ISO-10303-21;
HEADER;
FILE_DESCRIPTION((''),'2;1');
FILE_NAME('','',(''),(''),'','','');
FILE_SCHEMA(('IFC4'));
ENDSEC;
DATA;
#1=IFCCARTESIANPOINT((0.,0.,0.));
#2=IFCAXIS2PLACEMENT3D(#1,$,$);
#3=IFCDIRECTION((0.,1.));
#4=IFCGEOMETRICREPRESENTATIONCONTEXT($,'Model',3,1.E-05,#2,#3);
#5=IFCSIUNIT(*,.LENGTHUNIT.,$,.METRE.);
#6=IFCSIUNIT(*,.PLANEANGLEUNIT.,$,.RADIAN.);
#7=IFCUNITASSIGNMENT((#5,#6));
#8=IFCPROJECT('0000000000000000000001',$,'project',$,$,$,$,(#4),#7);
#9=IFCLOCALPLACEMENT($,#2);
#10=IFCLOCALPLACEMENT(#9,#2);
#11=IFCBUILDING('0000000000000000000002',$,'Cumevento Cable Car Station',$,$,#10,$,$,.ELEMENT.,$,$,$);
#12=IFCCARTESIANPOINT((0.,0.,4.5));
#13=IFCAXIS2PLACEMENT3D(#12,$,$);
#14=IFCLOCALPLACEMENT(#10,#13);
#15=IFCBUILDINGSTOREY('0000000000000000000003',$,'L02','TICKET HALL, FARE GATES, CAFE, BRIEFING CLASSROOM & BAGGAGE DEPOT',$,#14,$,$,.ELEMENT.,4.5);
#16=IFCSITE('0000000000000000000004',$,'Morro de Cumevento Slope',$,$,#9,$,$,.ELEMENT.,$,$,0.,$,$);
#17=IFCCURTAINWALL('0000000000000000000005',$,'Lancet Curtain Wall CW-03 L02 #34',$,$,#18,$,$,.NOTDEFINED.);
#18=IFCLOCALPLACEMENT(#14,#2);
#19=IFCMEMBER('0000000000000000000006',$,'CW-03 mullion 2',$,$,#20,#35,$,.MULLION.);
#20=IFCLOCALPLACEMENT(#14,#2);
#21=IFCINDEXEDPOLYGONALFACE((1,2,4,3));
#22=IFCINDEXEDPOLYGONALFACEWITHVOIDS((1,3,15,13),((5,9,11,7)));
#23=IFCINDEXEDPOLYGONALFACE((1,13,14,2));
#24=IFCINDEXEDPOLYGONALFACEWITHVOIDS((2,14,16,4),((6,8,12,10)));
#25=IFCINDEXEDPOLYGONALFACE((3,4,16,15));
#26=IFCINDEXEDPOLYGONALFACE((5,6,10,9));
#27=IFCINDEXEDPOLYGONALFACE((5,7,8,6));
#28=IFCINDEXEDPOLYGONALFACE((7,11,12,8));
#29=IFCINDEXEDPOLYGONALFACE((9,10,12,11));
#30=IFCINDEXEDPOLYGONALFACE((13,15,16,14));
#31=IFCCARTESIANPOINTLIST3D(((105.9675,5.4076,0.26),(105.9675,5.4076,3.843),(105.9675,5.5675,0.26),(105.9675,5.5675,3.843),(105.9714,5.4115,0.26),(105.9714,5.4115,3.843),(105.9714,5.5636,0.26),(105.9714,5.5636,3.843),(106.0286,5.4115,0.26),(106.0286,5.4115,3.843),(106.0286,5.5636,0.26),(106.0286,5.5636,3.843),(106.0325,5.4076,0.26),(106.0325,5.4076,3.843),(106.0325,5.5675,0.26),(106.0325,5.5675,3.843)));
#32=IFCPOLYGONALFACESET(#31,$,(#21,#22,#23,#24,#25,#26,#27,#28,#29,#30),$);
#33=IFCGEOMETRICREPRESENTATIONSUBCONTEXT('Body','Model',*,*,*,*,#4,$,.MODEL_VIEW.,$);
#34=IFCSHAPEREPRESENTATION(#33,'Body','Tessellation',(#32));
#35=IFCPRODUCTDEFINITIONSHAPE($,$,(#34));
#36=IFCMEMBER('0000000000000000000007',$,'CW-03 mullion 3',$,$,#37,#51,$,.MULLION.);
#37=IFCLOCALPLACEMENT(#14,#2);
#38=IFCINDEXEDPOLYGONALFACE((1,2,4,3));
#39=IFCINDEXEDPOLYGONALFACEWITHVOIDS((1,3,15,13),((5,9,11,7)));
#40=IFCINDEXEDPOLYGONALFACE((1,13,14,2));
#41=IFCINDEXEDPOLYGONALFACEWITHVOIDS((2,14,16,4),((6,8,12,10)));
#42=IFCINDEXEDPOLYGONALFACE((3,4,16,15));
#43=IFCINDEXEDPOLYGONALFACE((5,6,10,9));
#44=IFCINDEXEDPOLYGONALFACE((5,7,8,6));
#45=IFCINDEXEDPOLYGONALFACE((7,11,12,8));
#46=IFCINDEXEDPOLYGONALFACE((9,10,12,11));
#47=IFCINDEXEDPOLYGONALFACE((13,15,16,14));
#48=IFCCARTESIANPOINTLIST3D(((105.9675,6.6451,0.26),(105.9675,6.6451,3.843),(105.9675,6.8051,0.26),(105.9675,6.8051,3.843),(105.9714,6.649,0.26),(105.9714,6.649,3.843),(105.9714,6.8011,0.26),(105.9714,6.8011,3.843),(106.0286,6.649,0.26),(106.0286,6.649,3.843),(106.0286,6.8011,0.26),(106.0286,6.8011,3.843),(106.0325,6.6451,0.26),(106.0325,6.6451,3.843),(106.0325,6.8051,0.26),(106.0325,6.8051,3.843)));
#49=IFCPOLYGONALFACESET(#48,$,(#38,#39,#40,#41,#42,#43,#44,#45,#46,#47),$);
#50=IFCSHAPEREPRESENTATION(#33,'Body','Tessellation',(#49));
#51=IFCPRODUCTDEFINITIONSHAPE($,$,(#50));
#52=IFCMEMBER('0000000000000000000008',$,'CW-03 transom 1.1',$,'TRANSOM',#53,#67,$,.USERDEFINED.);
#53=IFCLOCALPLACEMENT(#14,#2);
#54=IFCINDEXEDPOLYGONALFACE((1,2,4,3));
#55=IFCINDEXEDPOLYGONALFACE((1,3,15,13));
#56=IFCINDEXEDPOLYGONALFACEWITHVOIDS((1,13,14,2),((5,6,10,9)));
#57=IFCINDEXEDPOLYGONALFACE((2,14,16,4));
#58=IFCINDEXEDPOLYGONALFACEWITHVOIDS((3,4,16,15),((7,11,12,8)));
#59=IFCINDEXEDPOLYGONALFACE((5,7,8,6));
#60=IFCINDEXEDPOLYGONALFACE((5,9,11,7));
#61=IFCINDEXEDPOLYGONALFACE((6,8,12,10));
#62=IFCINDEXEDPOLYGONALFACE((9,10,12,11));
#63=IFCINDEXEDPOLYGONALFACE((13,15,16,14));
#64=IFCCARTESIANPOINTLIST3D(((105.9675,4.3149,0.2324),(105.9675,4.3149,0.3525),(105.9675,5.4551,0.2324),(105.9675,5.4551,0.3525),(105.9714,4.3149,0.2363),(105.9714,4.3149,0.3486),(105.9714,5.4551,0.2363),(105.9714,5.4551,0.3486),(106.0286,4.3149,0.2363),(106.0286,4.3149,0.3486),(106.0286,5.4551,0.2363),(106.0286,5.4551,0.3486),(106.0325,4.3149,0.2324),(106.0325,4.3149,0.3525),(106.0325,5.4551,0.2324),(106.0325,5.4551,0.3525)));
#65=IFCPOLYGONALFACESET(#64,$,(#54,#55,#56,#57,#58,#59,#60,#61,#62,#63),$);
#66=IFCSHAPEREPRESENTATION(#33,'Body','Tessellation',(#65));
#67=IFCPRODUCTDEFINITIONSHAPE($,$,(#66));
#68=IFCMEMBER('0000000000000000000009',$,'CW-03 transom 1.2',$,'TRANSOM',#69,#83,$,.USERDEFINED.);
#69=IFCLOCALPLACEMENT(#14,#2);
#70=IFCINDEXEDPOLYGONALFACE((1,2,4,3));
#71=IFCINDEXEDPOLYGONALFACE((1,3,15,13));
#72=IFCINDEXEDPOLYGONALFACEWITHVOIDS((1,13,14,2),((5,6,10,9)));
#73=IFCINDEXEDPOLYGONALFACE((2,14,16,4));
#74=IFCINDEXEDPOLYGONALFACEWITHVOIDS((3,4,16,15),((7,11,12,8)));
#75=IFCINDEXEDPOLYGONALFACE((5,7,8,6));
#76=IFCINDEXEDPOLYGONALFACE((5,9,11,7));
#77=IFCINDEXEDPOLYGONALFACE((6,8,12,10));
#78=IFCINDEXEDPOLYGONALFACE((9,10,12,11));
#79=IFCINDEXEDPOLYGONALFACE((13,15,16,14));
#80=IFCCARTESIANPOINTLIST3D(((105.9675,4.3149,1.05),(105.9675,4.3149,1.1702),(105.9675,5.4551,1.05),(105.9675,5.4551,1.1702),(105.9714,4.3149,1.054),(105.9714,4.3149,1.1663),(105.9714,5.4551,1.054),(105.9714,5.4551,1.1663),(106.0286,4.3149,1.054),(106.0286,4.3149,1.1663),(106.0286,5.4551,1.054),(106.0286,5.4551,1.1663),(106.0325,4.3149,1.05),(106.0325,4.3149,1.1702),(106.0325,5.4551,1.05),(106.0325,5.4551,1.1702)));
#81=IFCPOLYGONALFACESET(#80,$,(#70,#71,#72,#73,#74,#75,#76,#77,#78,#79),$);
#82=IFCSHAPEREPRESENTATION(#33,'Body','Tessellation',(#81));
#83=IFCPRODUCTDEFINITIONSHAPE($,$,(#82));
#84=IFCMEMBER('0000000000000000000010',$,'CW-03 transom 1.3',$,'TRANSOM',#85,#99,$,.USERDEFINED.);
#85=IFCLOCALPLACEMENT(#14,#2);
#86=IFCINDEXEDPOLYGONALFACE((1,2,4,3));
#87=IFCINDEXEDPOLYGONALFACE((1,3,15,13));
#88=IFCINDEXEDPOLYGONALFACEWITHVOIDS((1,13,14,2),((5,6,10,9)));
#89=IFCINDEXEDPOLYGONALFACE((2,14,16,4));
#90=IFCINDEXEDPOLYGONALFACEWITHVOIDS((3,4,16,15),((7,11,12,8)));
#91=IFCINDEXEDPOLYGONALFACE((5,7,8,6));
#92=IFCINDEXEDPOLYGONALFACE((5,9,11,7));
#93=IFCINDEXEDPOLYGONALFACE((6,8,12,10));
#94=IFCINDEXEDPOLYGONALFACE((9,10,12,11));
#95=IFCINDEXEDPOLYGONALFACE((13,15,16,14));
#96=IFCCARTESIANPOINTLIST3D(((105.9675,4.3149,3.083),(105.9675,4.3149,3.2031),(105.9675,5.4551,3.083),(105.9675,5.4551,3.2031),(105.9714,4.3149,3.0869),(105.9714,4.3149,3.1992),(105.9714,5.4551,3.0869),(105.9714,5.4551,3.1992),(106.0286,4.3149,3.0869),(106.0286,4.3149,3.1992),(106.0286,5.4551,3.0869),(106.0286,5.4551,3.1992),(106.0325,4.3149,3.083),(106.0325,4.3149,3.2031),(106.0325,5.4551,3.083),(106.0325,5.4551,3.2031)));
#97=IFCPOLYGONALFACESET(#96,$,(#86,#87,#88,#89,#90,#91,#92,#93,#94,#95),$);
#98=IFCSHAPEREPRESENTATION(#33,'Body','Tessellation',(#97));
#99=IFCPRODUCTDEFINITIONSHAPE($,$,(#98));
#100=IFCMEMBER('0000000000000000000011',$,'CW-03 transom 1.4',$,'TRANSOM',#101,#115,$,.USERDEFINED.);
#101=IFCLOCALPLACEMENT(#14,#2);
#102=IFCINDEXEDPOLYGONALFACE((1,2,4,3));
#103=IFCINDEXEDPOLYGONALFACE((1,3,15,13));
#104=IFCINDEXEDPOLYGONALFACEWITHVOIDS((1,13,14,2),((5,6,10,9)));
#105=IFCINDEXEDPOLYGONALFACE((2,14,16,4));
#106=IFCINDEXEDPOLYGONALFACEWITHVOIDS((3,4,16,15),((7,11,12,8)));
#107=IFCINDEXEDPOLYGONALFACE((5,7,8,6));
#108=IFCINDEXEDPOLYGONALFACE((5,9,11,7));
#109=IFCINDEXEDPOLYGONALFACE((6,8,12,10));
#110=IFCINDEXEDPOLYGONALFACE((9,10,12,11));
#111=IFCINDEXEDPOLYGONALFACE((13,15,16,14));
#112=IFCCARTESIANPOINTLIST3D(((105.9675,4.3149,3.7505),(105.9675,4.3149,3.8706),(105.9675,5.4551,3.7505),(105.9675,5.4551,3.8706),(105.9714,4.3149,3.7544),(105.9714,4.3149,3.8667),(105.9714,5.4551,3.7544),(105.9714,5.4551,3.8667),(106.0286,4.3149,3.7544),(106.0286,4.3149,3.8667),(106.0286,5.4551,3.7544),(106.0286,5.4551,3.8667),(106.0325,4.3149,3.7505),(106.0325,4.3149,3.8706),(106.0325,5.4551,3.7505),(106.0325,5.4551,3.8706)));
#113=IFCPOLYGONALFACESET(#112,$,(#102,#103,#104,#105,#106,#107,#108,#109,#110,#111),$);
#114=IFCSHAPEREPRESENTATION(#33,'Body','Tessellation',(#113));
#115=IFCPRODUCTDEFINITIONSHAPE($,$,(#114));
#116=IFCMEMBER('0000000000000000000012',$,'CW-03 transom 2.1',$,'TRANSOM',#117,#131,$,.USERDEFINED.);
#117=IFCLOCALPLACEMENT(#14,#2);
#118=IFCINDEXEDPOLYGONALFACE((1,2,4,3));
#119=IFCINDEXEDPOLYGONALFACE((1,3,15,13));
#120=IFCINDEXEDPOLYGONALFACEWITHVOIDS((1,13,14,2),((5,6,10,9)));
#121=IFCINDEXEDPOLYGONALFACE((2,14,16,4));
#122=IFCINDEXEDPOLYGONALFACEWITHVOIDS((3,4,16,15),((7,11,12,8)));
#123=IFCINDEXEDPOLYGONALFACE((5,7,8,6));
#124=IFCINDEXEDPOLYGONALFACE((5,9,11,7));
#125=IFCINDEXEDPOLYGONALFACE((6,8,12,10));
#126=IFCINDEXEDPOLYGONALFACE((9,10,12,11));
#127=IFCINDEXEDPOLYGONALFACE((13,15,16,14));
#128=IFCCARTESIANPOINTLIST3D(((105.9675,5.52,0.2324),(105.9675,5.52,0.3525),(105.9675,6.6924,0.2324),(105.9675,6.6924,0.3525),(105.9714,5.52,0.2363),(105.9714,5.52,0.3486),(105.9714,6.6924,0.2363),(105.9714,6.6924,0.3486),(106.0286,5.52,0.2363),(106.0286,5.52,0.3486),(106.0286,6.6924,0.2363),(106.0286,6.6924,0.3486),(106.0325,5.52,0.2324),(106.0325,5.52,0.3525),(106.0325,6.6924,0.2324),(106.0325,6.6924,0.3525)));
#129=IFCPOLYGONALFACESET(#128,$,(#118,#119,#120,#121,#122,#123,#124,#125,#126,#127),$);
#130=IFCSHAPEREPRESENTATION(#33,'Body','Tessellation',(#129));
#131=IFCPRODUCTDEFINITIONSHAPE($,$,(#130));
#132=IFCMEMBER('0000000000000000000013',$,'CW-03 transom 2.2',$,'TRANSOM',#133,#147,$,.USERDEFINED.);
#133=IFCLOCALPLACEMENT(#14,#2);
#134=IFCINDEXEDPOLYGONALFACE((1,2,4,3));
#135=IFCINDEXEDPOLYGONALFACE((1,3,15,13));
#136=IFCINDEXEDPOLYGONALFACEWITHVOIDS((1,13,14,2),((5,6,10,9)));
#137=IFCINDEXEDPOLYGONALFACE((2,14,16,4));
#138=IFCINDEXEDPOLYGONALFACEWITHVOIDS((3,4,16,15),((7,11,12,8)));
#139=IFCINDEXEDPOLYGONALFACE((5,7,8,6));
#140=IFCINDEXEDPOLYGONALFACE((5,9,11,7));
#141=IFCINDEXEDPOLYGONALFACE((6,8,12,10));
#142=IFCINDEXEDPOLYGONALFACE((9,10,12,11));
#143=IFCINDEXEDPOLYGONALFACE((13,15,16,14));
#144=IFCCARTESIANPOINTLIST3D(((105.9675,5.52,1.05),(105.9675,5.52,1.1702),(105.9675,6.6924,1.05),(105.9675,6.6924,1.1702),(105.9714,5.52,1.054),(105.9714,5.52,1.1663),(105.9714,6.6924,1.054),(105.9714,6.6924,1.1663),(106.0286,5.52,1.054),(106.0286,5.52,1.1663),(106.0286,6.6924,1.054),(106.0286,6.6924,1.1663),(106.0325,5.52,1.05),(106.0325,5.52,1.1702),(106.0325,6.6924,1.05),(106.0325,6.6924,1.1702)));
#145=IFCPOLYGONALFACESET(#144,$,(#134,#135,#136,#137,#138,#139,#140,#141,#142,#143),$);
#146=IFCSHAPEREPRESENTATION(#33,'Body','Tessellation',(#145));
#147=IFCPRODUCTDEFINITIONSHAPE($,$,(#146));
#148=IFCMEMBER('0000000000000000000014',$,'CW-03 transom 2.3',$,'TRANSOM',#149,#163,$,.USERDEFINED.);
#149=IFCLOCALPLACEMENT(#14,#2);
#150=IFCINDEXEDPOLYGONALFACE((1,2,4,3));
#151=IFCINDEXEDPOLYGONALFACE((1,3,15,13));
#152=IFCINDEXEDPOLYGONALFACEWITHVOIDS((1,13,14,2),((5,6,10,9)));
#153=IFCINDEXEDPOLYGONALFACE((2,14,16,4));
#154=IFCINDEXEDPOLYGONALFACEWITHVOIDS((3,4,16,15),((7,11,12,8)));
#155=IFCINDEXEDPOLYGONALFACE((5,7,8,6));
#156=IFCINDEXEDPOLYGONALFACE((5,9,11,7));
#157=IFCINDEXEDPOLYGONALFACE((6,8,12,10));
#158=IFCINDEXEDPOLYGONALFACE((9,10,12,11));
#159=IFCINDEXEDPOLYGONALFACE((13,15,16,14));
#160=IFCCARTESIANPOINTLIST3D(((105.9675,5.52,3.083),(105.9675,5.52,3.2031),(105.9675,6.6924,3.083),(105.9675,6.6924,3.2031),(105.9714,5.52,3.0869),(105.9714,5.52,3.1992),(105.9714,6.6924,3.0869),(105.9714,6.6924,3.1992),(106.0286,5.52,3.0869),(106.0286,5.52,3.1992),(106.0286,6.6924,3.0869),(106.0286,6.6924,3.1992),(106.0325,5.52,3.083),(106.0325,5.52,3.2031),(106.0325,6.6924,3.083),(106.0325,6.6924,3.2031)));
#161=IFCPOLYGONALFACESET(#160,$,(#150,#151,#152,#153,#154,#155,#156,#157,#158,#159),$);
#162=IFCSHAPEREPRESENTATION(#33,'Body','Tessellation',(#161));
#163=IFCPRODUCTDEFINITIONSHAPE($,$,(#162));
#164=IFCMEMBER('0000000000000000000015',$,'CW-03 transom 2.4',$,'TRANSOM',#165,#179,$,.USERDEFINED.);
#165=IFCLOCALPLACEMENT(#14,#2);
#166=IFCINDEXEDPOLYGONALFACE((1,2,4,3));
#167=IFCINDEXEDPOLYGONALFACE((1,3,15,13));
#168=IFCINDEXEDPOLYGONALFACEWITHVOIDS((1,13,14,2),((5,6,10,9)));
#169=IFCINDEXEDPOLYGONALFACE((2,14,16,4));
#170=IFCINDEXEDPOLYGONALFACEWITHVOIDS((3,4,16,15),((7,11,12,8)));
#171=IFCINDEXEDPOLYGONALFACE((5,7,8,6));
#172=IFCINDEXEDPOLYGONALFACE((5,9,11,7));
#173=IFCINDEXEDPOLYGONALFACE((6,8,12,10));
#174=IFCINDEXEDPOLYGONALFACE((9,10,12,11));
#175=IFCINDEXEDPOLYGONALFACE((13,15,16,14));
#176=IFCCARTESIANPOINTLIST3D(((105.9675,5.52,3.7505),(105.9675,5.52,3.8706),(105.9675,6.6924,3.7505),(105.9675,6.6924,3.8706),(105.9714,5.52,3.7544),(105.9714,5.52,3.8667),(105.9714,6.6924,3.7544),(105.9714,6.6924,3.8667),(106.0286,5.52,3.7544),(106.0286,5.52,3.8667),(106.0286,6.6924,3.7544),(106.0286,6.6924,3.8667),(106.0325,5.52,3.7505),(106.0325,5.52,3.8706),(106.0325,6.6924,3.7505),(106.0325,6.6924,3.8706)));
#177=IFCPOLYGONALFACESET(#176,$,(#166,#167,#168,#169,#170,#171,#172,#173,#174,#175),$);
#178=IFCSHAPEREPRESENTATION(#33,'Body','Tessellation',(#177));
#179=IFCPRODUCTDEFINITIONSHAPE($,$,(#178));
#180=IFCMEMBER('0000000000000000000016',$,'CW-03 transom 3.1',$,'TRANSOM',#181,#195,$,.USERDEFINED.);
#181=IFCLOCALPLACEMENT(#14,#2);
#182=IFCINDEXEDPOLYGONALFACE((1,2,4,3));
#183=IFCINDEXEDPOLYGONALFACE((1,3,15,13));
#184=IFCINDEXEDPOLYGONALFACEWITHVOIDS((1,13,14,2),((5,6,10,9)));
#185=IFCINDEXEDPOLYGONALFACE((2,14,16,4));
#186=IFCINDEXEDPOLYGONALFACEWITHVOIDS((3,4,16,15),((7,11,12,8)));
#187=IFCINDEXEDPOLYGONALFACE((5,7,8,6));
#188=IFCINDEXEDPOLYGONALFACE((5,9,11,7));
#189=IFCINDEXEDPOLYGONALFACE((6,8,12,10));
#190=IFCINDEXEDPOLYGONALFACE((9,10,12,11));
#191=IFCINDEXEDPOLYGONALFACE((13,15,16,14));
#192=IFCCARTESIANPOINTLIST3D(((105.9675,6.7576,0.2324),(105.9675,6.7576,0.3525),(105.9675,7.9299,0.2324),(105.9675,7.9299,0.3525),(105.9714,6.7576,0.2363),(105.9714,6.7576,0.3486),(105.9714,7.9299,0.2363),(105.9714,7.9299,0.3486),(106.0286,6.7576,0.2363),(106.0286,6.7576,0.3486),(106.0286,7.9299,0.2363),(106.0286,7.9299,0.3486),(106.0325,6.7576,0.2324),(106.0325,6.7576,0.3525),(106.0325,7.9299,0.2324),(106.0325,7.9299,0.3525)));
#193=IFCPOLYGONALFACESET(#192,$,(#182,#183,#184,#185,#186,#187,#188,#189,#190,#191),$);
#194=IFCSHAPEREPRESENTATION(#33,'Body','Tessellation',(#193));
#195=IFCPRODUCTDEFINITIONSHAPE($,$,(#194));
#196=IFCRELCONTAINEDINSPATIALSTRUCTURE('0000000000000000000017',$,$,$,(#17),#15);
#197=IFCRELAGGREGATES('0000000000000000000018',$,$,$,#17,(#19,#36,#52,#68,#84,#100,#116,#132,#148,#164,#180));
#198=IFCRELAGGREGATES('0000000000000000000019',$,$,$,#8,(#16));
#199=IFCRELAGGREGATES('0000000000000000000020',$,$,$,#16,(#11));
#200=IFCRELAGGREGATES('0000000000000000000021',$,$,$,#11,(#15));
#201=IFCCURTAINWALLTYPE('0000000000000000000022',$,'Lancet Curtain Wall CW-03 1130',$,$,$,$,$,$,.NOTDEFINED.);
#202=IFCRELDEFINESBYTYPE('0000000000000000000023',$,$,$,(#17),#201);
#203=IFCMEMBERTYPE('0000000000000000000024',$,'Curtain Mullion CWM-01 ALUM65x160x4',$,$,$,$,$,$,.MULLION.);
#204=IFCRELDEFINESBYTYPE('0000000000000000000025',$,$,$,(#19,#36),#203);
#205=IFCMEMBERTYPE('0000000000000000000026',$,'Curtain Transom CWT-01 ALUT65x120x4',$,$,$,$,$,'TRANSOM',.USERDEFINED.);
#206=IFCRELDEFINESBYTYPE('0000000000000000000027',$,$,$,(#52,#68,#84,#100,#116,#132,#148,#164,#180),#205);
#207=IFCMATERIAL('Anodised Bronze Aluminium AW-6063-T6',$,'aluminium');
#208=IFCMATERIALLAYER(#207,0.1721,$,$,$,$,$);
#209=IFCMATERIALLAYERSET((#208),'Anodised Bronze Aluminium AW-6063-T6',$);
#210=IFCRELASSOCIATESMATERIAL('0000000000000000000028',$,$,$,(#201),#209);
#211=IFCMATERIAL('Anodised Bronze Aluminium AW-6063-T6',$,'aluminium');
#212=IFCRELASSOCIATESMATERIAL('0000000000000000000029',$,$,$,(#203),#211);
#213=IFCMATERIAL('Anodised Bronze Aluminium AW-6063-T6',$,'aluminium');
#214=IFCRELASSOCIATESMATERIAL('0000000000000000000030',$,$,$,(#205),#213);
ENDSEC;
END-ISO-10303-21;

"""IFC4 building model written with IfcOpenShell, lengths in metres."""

from ifc_helpers import new_model, si_unit, direction, frame, origin, origin_2d, place, context, subcontext, project, spatial, hollow_rectangle, extrude, material, layer, layer_set, material_profile, profile_set, type_object, element, aggregate, save


model = new_model("IFC4")

# Units and contexts
model_context = context("Model", 3, precision=1e-05, world=origin(), true_north=direction((0.0, 1.0)))
body_context = subcontext(model_context, "Body", "Model", "MODEL_VIEW")
ifc_project = project(units=[si_unit("LENGTHUNIT", "METRE"), si_unit("PLANEANGLEUNIT", "RADIAN")], contexts=[model_context])

# Site, building, storey
site_placement = place(None, origin())
site = spatial("IfcSite", under=ifc_project, at=site_placement, Name="Morro de Cumevento Slope", CompositionType="ELEMENT", RefElevation=0.0)
building_placement = place(site_placement, origin())
building = spatial("IfcBuilding", under=site, at=building_placement, Name="Cumevento Cable Car Station", CompositionType="ELEMENT")
storey_placement = place(building_placement, frame((0.0, 0.0, 4.5)))
storey = spatial("IfcBuildingStorey", under=building, at=storey_placement, Name="L02", Description="TICKET HALL, FARE GATES, CAFE, BRIEFING CLASSROOM & BAGGAGE DEPOT", CompositionType="ELEMENT", Elevation=4.5)

# Curtain wall, members
ifc_material_1 = material(Name="Anodised Bronze Aluminium AW-6063-T6", Category="aluminium")
ifc_layer_1 = layer(ifc_material_1, 0.1721)
ifc_layer_set_1 = layer_set([ifc_layer_1], Name="Anodised Bronze Aluminium AW-6063-T6")
curtain_wall_type = type_object("IfcCurtainWallType", Name="Lancet Curtain Wall CW-03 1130", PredefinedType="NOTDEFINED", material=ifc_layer_set_1)
curtain_wall_placement = place(storey_placement, origin())
curtain_wall = element("IfcCurtainWall", 1, at=curtain_wall_placement, inside=storey, type_object=curtain_wall_type, Name="Lancet Curtain Wall CW-03 L02 #34", PredefinedType="NOTDEFINED")
ifc_material_2 = material(Name="Anodised Bronze Aluminium AW-6063-T6", Category="aluminium")
ifc_material_profile_1 = material_profile(ifc_material_2, hollow_rectangle(XDim=0.0649, YDim=0.1599, WallThickness=0.0039, at=origin_2d()), Name="ALUM65x160x4")
ifc_profile_set_1 = profile_set([ifc_material_profile_1], Name="Anodised Bronze Aluminium AW-6063-T6")
member_type_1 = type_object("IfcMemberType", Name="Curtain Mullion CWM-01 ALUM65x160x4", PredefinedType="MULLION", material=ifc_profile_set_1)
member_1_placement = place(storey_placement, frame((106.0, 5.4875, 0.26), z_axis=(0.0, 0.0, 1.0), x_axis=(-1.0, 0.0, 0.0)))
member_1 = element("IfcMember", 2, at=member_1_placement, type_object=member_type_1, Name="CW-03 mullion 2", PredefinedType="MULLION", context=body_context, shape_type="SweptSolid", body=[
    extrude(hollow_rectangle(XDim=0.0649, YDim=0.1599, WallThickness=0.0039, at=origin_2d()), origin(), (0.0, 0.0, 1.0), 3.583),
])
member_2_placement = place(storey_placement, frame((106.0, 6.7251, 0.26), z_axis=(0.0, 0.0, 1.0), x_axis=(-1.0, 0.0, 0.0)))
member_2 = element("IfcMember", 3, at=member_2_placement, type_object=member_type_1, Name="CW-03 mullion 3", PredefinedType="MULLION", context=body_context, shape_type="SweptSolid", body=[
    extrude(hollow_rectangle(XDim=0.0649, YDim=0.1599, WallThickness=0.0039, at=origin_2d()), origin(), (0.0, 0.0, 1.0), 3.583),
])
ifc_material_3 = material(Name="Anodised Bronze Aluminium AW-6063-T6", Category="aluminium")
ifc_material_profile_2 = material_profile(ifc_material_3, hollow_rectangle(XDim=0.0649, YDim=0.1201, WallThickness=0.0039, at=origin_2d()), Name="ALUT65x120x4")
ifc_profile_set_2 = profile_set([ifc_material_profile_2], Name="Anodised Bronze Aluminium AW-6063-T6")
member_type_2 = type_object("IfcMemberType", Name="Curtain Transom CWT-01 ALUT65x120x4", ElementType="TRANSOM", PredefinedType="USERDEFINED", material=ifc_profile_set_2)
member_3_placement = place(storey_placement, frame((106.0, 4.3149, 0.2925), z_axis=(0.0, 1.0, 0.0), x_axis=(-1.0, 0.0, 0.0)))
member_3 = element("IfcMember", 4, at=member_3_placement, type_object=member_type_2, Name="CW-03 transom 1.1", ObjectType="TRANSOM", PredefinedType="USERDEFINED", context=body_context, shape_type="SweptSolid", body=[
    extrude(hollow_rectangle(XDim=0.0649, YDim=0.1201, WallThickness=0.0039, at=origin_2d()), origin(), (0.0, 0.0, 1.0), 1.1401),
])
member_4_placement = place(storey_placement, frame((106.0, 4.3149, 1.1101), z_axis=(0.0, 1.0, 0.0), x_axis=(-1.0, 0.0, 0.0)))
member_4 = element("IfcMember", 5, at=member_4_placement, type_object=member_type_2, Name="CW-03 transom 1.2", ObjectType="TRANSOM", PredefinedType="USERDEFINED", context=body_context, shape_type="SweptSolid", body=[
    extrude(hollow_rectangle(XDim=0.0649, YDim=0.1201, WallThickness=0.0039, at=origin_2d()), origin(), (0.0, 0.0, 1.0), 1.1401),
])
member_5_placement = place(storey_placement, frame((106.0, 4.3149, 3.1431), z_axis=(0.0, 1.0, 0.0), x_axis=(-1.0, 0.0, 0.0)))
member_5 = element("IfcMember", 6, at=member_5_placement, type_object=member_type_2, Name="CW-03 transom 1.3", ObjectType="TRANSOM", PredefinedType="USERDEFINED", context=body_context, shape_type="SweptSolid", body=[
    extrude(hollow_rectangle(XDim=0.0649, YDim=0.1201, WallThickness=0.0039, at=origin_2d()), origin(), (0.0, 0.0, 1.0), 1.1401),
])
member_6_placement = place(storey_placement, frame((106.0, 4.3149, 3.8105), z_axis=(0.0, 1.0, 0.0), x_axis=(-1.0, 0.0, 0.0)))
member_6 = element("IfcMember", 7, at=member_6_placement, type_object=member_type_2, Name="CW-03 transom 1.4", ObjectType="TRANSOM", PredefinedType="USERDEFINED", context=body_context, shape_type="SweptSolid", body=[
    extrude(hollow_rectangle(XDim=0.0649, YDim=0.1201, WallThickness=0.0039, at=origin_2d()), origin(), (0.0, 0.0, 1.0), 1.1401),
])
member_7_placement = place(storey_placement, frame((106.0, 5.52, 0.2925), z_axis=(0.0, 1.0, 0.0), x_axis=(-1.0, 0.0, 0.0)))
member_7 = element("IfcMember", 8, at=member_7_placement, type_object=member_type_2, Name="CW-03 transom 2.1", ObjectType="TRANSOM", PredefinedType="USERDEFINED", context=body_context, shape_type="SweptSolid", body=[
    extrude(hollow_rectangle(XDim=0.0649, YDim=0.1201, WallThickness=0.0039, at=origin_2d()), origin(), (0.0, 0.0, 1.0), 1.1724),
])
member_8_placement = place(storey_placement, frame((106.0, 5.52, 1.1101), z_axis=(0.0, 1.0, 0.0), x_axis=(-1.0, 0.0, 0.0)))
member_8 = element("IfcMember", 9, at=member_8_placement, type_object=member_type_2, Name="CW-03 transom 2.2", ObjectType="TRANSOM", PredefinedType="USERDEFINED", context=body_context, shape_type="SweptSolid", body=[
    extrude(hollow_rectangle(XDim=0.0649, YDim=0.1201, WallThickness=0.0039, at=origin_2d()), origin(), (0.0, 0.0, 1.0), 1.1724),
])
member_9_placement = place(storey_placement, frame((106.0, 5.52, 3.1431), z_axis=(0.0, 1.0, 0.0), x_axis=(-1.0, 0.0, 0.0)))
member_9 = element("IfcMember", 10, at=member_9_placement, type_object=member_type_2, Name="CW-03 transom 2.3", ObjectType="TRANSOM", PredefinedType="USERDEFINED", context=body_context, shape_type="SweptSolid", body=[
    extrude(hollow_rectangle(XDim=0.0649, YDim=0.1201, WallThickness=0.0039, at=origin_2d()), origin(), (0.0, 0.0, 1.0), 1.1724),
])
member_10_placement = place(storey_placement, frame((106.0, 5.52, 3.8105), z_axis=(0.0, 1.0, 0.0), x_axis=(-1.0, 0.0, 0.0)))
member_10 = element("IfcMember", 11, at=member_10_placement, type_object=member_type_2, Name="CW-03 transom 2.4", ObjectType="TRANSOM", PredefinedType="USERDEFINED", context=body_context, shape_type="SweptSolid", body=[
    extrude(hollow_rectangle(XDim=0.0649, YDim=0.1201, WallThickness=0.0039, at=origin_2d()), origin(), (0.0, 0.0, 1.0), 1.1724),
])
member_11_placement = place(storey_placement, frame((106.0, 6.7576, 0.2925), z_axis=(0.0, 1.0, 0.0), x_axis=(-1.0, 0.0, 0.0)))
member_11 = element("IfcMember", 12, at=member_11_placement, type_object=member_type_2, Name="CW-03 transom 3.1", ObjectType="TRANSOM", PredefinedType="USERDEFINED", context=body_context, shape_type="SweptSolid", body=[
    extrude(hollow_rectangle(XDim=0.0649, YDim=0.1201, WallThickness=0.0039, at=origin_2d()), origin(), (0.0, 0.0, 1.0), 1.1724),
])
aggregate(curtain_wall, [member_1, member_2, member_3, member_4, member_5, member_6, member_7, member_8, member_9, member_10, member_11])

save(model, "model.ifc")
